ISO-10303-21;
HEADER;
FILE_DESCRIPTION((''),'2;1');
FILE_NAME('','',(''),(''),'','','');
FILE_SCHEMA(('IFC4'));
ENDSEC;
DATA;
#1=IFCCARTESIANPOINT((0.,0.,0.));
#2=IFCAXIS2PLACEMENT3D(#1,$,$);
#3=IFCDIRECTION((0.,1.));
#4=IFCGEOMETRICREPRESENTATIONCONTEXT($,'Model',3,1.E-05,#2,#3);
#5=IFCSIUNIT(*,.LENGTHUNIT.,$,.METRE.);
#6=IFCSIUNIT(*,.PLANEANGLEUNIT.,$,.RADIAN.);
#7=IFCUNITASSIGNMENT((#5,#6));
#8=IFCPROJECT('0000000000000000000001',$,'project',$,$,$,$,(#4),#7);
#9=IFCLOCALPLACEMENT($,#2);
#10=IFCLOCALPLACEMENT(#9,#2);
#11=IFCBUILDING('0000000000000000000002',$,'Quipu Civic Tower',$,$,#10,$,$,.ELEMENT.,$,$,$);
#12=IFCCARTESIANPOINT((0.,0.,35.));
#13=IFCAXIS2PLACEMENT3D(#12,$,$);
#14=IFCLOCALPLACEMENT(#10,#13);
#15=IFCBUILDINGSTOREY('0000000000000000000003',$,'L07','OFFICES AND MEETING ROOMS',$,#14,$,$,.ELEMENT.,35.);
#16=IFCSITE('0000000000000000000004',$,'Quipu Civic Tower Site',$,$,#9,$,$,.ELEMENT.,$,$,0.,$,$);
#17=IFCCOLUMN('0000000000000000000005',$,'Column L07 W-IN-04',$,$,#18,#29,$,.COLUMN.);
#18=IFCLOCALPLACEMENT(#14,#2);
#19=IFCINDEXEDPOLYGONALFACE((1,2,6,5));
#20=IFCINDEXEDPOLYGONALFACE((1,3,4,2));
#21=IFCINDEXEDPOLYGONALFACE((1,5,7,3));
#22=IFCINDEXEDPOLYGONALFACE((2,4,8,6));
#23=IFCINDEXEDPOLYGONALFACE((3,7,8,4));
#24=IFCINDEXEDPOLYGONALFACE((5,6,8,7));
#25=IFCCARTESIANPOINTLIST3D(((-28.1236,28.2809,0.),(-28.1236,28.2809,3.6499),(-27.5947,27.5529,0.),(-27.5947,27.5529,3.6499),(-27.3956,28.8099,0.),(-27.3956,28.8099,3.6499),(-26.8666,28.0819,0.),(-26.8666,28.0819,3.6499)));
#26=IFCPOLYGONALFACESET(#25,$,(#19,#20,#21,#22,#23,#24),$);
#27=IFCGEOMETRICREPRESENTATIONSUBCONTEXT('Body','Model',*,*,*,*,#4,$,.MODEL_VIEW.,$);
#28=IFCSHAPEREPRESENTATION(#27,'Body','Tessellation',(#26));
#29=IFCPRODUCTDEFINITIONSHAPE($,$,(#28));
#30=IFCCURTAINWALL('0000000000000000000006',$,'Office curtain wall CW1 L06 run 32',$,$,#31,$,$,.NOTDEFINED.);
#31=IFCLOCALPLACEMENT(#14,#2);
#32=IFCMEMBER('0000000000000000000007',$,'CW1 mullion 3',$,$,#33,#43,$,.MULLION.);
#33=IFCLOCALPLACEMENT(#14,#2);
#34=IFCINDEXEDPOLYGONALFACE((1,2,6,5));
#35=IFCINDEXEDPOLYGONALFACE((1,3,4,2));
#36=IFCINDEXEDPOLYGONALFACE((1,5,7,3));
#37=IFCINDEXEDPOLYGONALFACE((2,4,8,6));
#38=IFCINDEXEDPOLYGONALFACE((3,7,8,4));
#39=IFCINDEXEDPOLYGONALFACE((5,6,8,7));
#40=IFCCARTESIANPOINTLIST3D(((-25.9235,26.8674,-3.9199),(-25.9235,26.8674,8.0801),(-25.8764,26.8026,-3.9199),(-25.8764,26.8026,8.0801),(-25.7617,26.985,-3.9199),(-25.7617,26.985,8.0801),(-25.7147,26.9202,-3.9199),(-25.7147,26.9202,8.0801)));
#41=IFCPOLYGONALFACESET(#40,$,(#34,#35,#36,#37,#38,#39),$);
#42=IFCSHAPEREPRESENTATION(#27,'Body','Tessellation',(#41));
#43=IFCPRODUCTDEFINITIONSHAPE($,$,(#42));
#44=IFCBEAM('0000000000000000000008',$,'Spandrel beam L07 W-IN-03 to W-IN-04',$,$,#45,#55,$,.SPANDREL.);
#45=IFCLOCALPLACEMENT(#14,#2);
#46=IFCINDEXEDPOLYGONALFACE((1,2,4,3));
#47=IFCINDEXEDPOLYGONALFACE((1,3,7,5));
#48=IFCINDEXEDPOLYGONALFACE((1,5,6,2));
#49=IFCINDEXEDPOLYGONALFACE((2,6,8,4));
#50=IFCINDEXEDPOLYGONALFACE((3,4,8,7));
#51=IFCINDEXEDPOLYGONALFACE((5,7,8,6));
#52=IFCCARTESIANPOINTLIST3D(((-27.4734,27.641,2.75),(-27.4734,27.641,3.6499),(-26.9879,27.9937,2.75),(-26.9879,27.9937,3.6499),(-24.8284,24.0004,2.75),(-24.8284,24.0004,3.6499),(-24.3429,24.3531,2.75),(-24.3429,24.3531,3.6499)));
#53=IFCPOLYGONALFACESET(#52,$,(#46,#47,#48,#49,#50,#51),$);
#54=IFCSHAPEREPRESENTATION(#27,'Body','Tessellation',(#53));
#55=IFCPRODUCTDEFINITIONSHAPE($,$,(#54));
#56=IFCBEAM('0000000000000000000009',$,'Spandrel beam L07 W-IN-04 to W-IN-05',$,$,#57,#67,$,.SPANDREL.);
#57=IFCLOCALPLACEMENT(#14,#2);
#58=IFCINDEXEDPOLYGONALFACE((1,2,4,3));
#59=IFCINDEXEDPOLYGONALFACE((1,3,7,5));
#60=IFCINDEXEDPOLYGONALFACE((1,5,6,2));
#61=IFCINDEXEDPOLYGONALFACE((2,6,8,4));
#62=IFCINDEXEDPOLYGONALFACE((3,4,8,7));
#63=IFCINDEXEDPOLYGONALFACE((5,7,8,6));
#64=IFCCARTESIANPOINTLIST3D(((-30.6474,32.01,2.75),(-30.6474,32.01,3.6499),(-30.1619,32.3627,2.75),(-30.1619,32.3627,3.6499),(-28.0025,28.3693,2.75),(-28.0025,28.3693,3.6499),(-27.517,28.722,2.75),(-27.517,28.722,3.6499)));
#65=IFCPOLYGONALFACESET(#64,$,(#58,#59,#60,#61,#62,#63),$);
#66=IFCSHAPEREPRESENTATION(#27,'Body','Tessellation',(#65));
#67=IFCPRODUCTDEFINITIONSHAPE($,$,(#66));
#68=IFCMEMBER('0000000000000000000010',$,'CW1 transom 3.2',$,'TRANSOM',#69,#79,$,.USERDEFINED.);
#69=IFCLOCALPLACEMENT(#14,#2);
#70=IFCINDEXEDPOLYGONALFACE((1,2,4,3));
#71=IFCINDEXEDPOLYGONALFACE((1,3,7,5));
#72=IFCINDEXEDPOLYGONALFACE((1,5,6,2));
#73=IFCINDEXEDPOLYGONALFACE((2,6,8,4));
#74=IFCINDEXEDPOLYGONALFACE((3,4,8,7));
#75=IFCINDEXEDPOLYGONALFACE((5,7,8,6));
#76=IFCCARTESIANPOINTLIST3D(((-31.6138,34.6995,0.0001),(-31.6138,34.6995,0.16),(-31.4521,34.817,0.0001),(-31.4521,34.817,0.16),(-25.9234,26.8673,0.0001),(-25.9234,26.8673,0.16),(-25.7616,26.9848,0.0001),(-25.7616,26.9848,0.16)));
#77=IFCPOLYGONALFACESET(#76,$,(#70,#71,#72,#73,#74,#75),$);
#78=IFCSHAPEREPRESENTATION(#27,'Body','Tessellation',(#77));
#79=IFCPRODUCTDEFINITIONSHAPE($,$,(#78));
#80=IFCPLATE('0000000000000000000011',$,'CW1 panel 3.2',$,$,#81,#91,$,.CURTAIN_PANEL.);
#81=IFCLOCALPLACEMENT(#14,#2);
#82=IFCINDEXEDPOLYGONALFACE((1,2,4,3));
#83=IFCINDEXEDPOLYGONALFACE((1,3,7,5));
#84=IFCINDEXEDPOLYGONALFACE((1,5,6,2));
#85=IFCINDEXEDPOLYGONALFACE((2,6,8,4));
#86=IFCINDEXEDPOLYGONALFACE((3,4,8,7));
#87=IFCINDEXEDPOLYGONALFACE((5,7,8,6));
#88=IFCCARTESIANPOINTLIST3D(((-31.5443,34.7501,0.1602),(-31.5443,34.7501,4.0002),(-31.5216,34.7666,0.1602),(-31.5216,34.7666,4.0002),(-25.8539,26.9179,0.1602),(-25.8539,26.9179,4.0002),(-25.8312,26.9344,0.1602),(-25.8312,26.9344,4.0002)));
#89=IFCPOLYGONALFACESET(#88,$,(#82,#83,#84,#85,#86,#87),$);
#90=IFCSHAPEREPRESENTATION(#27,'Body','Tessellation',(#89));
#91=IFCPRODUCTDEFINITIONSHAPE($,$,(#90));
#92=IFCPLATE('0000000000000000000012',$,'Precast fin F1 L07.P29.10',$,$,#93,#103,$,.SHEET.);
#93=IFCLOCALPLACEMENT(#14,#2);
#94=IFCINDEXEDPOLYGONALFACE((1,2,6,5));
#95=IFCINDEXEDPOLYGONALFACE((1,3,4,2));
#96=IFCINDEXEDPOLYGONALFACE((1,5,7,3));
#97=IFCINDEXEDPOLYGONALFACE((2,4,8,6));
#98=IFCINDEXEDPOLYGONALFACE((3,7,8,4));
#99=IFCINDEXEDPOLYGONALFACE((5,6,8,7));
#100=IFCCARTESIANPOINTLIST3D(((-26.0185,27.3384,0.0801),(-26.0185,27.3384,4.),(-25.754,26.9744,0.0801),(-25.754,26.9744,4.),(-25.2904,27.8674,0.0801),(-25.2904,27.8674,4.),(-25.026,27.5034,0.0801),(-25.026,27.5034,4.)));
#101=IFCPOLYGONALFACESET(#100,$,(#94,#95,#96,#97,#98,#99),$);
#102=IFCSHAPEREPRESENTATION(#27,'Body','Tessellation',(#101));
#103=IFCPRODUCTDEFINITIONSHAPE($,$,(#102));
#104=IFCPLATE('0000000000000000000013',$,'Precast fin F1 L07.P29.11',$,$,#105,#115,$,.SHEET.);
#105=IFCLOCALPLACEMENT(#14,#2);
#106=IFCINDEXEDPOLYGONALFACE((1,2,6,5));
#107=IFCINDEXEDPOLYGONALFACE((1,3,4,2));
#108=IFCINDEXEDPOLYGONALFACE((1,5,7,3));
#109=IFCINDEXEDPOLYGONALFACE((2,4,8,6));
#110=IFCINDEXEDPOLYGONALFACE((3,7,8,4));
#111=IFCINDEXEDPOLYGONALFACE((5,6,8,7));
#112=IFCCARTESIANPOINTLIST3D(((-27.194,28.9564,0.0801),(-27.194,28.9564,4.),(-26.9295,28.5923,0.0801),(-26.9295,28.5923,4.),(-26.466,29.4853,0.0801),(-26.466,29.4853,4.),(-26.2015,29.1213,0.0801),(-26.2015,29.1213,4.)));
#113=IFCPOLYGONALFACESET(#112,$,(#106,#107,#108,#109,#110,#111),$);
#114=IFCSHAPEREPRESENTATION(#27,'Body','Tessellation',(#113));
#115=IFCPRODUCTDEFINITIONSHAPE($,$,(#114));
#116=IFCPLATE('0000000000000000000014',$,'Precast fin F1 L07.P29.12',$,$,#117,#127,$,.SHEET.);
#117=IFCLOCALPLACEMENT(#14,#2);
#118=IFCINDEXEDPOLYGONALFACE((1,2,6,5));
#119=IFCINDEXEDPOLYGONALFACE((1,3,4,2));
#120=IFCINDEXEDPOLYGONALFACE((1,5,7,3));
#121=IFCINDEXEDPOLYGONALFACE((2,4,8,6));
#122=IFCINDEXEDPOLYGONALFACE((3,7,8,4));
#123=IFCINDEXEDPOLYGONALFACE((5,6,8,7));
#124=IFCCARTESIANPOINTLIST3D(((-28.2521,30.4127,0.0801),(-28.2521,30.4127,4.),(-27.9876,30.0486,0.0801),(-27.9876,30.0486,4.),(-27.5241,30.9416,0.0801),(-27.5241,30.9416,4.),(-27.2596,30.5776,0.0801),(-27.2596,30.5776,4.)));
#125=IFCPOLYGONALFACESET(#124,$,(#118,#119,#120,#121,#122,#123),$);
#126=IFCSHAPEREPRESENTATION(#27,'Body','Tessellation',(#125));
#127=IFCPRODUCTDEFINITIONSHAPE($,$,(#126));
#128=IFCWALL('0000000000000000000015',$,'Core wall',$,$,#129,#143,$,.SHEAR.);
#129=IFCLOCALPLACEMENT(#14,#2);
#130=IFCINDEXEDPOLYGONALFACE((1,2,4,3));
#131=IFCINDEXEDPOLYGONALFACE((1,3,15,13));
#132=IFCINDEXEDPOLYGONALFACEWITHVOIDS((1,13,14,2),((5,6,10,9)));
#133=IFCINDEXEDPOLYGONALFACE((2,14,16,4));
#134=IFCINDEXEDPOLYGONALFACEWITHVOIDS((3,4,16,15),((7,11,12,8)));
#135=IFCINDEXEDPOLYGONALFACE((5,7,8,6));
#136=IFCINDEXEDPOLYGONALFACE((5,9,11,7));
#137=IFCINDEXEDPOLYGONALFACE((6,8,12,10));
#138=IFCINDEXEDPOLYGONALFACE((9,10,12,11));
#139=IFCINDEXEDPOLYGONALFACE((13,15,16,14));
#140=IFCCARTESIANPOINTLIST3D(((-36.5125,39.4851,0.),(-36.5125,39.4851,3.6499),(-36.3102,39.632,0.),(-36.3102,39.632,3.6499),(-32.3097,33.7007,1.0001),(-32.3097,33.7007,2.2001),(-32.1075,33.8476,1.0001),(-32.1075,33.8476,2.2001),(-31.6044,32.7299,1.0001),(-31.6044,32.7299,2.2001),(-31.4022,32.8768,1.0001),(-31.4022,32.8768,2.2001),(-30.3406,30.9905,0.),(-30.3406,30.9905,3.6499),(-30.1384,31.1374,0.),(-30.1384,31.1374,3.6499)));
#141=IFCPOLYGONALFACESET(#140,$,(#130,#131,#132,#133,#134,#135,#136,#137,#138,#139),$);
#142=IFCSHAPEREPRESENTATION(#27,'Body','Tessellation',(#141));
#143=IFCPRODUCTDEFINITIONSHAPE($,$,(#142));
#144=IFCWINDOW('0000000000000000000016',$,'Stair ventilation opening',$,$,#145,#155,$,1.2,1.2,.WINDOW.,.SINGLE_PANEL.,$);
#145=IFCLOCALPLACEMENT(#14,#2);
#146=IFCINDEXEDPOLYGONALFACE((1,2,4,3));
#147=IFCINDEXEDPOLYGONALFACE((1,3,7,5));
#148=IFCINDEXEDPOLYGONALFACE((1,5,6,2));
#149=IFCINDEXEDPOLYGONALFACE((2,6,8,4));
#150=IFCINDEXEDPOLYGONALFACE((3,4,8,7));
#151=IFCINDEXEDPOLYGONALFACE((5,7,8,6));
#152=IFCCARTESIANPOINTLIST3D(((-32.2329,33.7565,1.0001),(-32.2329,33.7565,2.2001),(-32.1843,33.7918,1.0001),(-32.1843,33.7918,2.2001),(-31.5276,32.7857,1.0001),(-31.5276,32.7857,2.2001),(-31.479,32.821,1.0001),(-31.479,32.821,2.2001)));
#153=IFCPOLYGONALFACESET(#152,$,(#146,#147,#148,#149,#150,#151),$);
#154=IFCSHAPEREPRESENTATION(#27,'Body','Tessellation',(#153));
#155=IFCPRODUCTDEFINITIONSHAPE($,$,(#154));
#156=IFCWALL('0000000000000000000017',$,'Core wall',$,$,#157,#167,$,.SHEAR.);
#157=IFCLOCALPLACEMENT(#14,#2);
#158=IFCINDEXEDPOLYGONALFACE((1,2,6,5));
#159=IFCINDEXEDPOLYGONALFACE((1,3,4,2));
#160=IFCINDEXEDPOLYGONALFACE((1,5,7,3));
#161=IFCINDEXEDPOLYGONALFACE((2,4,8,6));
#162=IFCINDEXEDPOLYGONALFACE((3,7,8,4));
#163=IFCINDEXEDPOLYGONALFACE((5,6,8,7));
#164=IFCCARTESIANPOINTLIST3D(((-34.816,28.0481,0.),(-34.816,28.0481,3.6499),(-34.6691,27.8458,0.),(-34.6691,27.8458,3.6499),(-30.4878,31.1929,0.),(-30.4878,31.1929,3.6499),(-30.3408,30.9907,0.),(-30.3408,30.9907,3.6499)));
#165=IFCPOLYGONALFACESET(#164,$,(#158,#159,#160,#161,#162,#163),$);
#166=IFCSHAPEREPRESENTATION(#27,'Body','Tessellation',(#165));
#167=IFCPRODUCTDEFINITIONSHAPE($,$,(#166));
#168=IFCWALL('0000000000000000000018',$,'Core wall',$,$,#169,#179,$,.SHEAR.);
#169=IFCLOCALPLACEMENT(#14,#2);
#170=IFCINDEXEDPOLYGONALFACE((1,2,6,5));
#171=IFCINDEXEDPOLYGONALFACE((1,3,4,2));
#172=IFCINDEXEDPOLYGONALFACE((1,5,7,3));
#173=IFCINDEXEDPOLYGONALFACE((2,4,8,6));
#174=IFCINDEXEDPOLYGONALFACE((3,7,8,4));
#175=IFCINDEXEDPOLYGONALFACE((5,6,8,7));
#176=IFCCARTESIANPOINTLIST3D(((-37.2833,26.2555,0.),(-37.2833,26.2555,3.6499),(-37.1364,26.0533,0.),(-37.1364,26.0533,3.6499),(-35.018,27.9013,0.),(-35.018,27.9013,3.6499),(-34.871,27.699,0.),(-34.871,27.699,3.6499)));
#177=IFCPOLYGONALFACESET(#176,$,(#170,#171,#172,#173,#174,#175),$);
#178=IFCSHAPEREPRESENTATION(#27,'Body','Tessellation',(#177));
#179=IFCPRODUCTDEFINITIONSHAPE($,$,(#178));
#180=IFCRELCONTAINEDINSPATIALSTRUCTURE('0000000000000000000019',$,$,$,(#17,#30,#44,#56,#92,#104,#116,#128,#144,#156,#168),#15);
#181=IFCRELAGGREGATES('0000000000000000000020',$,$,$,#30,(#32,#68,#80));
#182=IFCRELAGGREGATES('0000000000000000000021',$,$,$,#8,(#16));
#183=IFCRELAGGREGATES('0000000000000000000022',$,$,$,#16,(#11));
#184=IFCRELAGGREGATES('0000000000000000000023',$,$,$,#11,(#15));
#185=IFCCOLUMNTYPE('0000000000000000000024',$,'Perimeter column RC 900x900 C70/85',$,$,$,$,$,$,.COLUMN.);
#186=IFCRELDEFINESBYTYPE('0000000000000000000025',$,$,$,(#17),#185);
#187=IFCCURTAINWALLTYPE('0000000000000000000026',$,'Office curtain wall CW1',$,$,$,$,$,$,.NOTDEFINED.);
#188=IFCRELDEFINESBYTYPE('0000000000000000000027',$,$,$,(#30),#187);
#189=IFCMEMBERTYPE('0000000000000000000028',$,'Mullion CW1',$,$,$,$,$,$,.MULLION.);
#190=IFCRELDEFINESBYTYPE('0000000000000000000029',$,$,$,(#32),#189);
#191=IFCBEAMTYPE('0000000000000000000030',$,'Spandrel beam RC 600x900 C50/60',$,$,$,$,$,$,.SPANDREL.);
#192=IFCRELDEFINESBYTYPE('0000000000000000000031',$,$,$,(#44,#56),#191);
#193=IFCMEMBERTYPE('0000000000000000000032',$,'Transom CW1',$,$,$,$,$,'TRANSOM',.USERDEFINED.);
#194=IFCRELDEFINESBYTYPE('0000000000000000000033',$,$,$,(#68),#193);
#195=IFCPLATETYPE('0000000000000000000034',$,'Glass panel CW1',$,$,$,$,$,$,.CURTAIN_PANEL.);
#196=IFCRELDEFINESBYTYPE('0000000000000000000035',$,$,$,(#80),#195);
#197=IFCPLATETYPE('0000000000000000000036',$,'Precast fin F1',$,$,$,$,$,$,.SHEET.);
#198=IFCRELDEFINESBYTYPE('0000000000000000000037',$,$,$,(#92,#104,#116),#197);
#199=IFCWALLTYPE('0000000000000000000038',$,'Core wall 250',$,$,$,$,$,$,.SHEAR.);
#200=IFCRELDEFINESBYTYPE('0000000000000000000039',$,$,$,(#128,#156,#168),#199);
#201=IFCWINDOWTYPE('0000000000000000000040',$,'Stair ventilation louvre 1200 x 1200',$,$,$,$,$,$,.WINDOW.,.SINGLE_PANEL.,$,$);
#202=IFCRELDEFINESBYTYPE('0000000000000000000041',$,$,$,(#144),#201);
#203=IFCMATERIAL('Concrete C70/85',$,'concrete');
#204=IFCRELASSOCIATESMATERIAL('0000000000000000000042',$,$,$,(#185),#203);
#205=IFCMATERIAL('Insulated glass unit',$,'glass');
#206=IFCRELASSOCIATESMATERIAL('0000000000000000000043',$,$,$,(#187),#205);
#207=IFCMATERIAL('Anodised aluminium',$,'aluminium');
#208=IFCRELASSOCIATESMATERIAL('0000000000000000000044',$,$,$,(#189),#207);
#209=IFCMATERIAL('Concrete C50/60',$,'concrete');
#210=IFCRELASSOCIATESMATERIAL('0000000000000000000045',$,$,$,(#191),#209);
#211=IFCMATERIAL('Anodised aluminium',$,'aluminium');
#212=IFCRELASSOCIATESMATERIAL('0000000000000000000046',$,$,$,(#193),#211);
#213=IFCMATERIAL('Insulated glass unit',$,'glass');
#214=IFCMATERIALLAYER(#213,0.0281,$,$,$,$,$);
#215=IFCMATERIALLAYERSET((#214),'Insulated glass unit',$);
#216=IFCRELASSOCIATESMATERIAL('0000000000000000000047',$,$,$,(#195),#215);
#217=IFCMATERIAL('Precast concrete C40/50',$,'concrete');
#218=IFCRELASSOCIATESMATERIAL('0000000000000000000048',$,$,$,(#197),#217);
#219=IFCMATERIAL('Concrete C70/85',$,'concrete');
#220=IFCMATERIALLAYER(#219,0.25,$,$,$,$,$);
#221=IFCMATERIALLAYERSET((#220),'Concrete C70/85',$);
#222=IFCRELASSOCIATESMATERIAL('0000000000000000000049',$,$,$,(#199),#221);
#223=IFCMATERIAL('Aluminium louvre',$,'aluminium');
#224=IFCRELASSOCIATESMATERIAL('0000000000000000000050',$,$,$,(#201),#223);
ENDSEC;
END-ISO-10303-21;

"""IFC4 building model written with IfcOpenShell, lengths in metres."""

from ifc_helpers import new_model, si_unit, direction, frame, frame_2d, origin, origin_2d, place, context, subcontext, project, spatial, rectangle, extrude, material, layer, layer_set, material_profile, profile_set, type_object, element, fill, aggregate, save


model = new_model("IFC4")

# Units and contexts
model_context = context("Model", 3, precision=1e-05, world=origin(), true_north=direction((0.0, 1.0)))
body_context = subcontext(model_context, "Body", "Model", "MODEL_VIEW")
ifc_project = project(units=[si_unit("LENGTHUNIT", "METRE"), si_unit("PLANEANGLEUNIT", "RADIAN")], contexts=[model_context])

# Site, building, storey
site_placement = place(None, origin())
site = spatial("IfcSite", under=ifc_project, at=site_placement, Name="Quipu Civic Tower Site", CompositionType="ELEMENT", RefElevation=0.0)
building_placement = place(site_placement, origin())
building = spatial("IfcBuilding", under=site, at=building_placement, Name="Quipu Civic Tower", CompositionType="ELEMENT")
storey_placement = place(building_placement, frame((0.0, 0.0, 35.0)))
storey = spatial("IfcBuildingStorey", under=building, at=storey_placement, Name="L07", Description="OFFICES AND MEETING ROOMS", CompositionType="ELEMENT", Elevation=35.0)

# Column
ifc_material_1 = material(Name="Concrete C70/85", Category="concrete")
ifc_material_profile_1 = material_profile(ifc_material_1, rectangle(XDim=0.8999, YDim=0.8999, at=origin_2d()), Name="RC900x900")
ifc_profile_set_1 = profile_set([ifc_material_profile_1], Name="Concrete C70/85")
column_type = type_object("IfcColumnType", Name="Perimeter column RC 900x900 C70/85", PredefinedType="COLUMN", material=ifc_profile_set_1)
column_placement = place(storey_placement, frame((-27.4951, 28.1814, 0.0), z_axis=(0.0, 0.0, 1.0), x_axis=(-0.587785, 0.809017, 0.0)))
element("IfcColumn", 1, at=column_placement, inside=storey, type_object=column_type, Name="Column L07 W-IN-04", PredefinedType="COLUMN", context=body_context, shape_type="SweptSolid", body=[
    extrude(rectangle(XDim=0.8999, YDim=0.8999, at=origin_2d()), origin(), (0.0, 0.0, 1.0), 3.6499),
])

# Curtain wall, member
ifc_material_2 = material(Name="Insulated glass unit", Category="glass")
curtain_wall_type = type_object("IfcCurtainWallType", Name="Office curtain wall CW1", PredefinedType="NOTDEFINED", material=ifc_material_2)
curtain_wall_placement = place(storey_placement, origin())
curtain_wall = element("IfcCurtainWall", 2, at=curtain_wall_placement, inside=storey, type_object=curtain_wall_type, Name="Office curtain wall CW1 L06 run 32", PredefinedType="NOTDEFINED")
ifc_material_3 = material(Name="Anodised aluminium", Category="aluminium")
ifc_material_profile_2 = material_profile(ifc_material_3, rectangle(XDim=0.2, YDim=0.0801, at=origin_2d()), Name="RECT 200x80")
ifc_profile_set_2 = profile_set([ifc_material_profile_2], Name="Anodised aluminium")
member_type_1 = type_object("IfcMemberType", Name="Mullion CW1", PredefinedType="MULLION", material=ifc_profile_set_2)
member_1_placement = place(storey_placement, frame((-25.8191, 26.8938, -3.9199), z_axis=(0.0, 0.0, 1.0), x_axis=(-0.809017, -0.587786, 0.0)))
member_1 = element("IfcMember", 3, at=member_1_placement, type_object=member_type_1, Name="CW1 mullion 3", PredefinedType="MULLION", context=body_context, shape_type="SweptSolid", body=[
    extrude(rectangle(XDim=0.2, YDim=0.0801, at=origin_2d()), origin(), (0.0, 0.0, 1.0), 12.0),
])

# Beams
ifc_material_4 = material(Name="Concrete C50/60", Category="concrete")
ifc_material_profile_3 = material_profile(ifc_material_4, rectangle(XDim=0.6001, YDim=0.8999, at=origin_2d()), Name="RC600x900")
ifc_profile_set_3 = profile_set([ifc_material_profile_3], Name="Concrete C50/60")
beam_type = type_object("IfcBeamType", Name="Spandrel beam RC 600x900 C50/60", PredefinedType="SPANDREL", material=ifc_profile_set_3)
for number, where, z_axis, x_axis, name in (
    (4, (-24.5857, 24.1768, 3.2), (-0.587778, 0.809022, 0.0), (-0.809022, -0.587778, 0.0), "Spandrel beam L07 W-IN-03 to W-IN-04"),
    (5, (-27.7598, 28.5457, 3.2), (-0.587743, 0.809048, 0.0), (-0.809048, -0.587743, 0.0), "Spandrel beam L07 W-IN-04 to W-IN-05"),
):
    element("IfcBeam", number, at=place(storey_placement, frame(where, z_axis=z_axis, x_axis=x_axis)), inside=storey, type_object=beam_type, Name=name, PredefinedType="SPANDREL", context=body_context, shape_type="SweptSolid", body=[
        extrude(rectangle(XDim=0.6001, YDim=0.8999, at=origin_2d()), origin(), (0.0, 0.0, 1.0), 4.5),
    ])

# Member
ifc_material_5 = material(Name="Anodised aluminium", Category="aluminium")
ifc_material_profile_4 = material_profile(ifc_material_5, rectangle(XDim=0.2, YDim=0.1599, at=origin_2d()), Name="RECT 200x160")
ifc_profile_set_4 = profile_set([ifc_material_profile_4], Name="Anodised aluminium")
member_type_2 = type_object("IfcMemberType", Name="Transom CW1", ElementType="TRANSOM", PredefinedType="USERDEFINED", material=ifc_profile_set_4)
member_2_placement = place(storey_placement, frame((-25.8425, 26.926, 0.0801), z_axis=(-0.587782, 0.80902, 0.0), x_axis=(-0.80902, -0.587782, 0.0)))
member_2 = element("IfcMember", 6, at=member_2_placement, type_object=member_type_2, Name="CW1 transom 3.2", ObjectType="TRANSOM", PredefinedType="USERDEFINED", context=body_context, shape_type="SweptSolid", body=[
    extrude(rectangle(XDim=0.2, YDim=0.1599, at=origin_2d()), origin(), (0.0, 0.0, 1.0), 9.6812),
])

# Plate
ifc_material_6 = material(Name="Insulated glass unit", Category="glass")
ifc_layer_1 = layer(ifc_material_6, 0.0281)
ifc_layer_set_1 = layer_set([ifc_layer_1], Name="Insulated glass unit")
plate_type_1 = type_object("IfcPlateType", Name="Glass panel CW1", PredefinedType="CURTAIN_PANEL", material=ifc_layer_set_1)
plate_placement = place(storey_placement, frame((-28.6877, 30.8423, 0.1602), z_axis=(0.0, 0.0, 1.0), x_axis=(-0.587786, 0.809017, 0.0)))
plate = element("IfcPlate", 7, at=plate_placement, type_object=plate_type_1, Name="CW1 panel 3.2", PredefinedType="CURTAIN_PANEL", context=body_context, shape_type="SweptSolid", body=[
    extrude(rectangle(XDim=9.6812, YDim=0.0281, at=origin_2d()), origin(), (0.0, 0.0, 1.0), 3.8401),
])
aggregate(curtain_wall, [member_1, member_2, plate])

# Plates
ifc_material_7 = material(Name="Precast concrete C40/50", Category="concrete")
plate_type_2 = type_object("IfcPlateType", Name="Precast fin F1", PredefinedType="SHEET", material=ifc_material_7)
for number, where, z_axis, x_axis, name in (
    (8, (-25.5222, 27.4209, 0.0801), (0.0, 0.0, 1.0), (-0.587785, 0.809017, 0.0), "Precast fin F1 L07.P29.10"),
    (9, (-26.6978, 29.0388, 0.0801), (0.0, 0.0, 1.0), (-0.587785, 0.809017, 0.0), "Precast fin F1 L07.P29.11"),
    (10, (-27.7559, 30.4951, 0.0801), (0.0, 0.0, 1.0), (-0.587785, 0.809017, 0.0), "Precast fin F1 L07.P29.12"),
):
    element("IfcPlate", number, at=place(storey_placement, frame(where, z_axis=z_axis, x_axis=x_axis)), inside=storey, type_object=plate_type_2, Name=name, PredefinedType="SHEET", context=body_context, shape_type="SweptSolid", body=[
        extrude(rectangle(XDim=0.45, YDim=0.8999, at=origin_2d()), origin(), (0.0, 0.0, 1.0), 3.9199),
    ])

# Wall, opening, window
ifc_material_8 = material(Name="Concrete C70/85", Category="concrete")
ifc_layer_2 = layer(ifc_material_8, 0.25)
ifc_layer_set_2 = layer_set([ifc_layer_2], Name="Concrete C70/85")
wall_type_1 = type_object("IfcWallType", Name="Core wall 250", PredefinedType="SHEAR", material=ifc_layer_set_2)
wall_1_placement = place(storey_placement, frame((-30.2395, 31.064, 0.0), z_axis=(0.0, 0.0, 1.0), x_axis=(-0.587796, 0.809009, 0.0)))
wall_1 = element("IfcWall", 11, at=wall_1_placement, inside=storey, type_object=wall_type_1, Name="Core wall", PredefinedType="SHEAR", context=body_context, shape_type="SweptSolid", body=[
    extrude(rectangle(XDim=10.5, YDim=0.25, at=frame_2d((5.25, 0.0))), origin(), (0.0, 0.0, 1.0), 3.6499),
])
opening_1_placement = place(wall_1_placement, frame((2.1499, 0.0, 1.0)))
opening_1 = element("IfcOpeningElement", 12, at=opening_1_placement, cuts=wall_1, PredefinedType="OPENING", context=body_context, shape_type="SweptSolid", body=[
    extrude(rectangle(XDim=1.2, YDim=1.2, at=frame_2d((0.6001, 0.6001))), frame((0.0, 0.135, 0.0), z_axis=(0.0, -1.0, 0.0), x_axis=(1.0, 0.0, 0.0)), (0.0, 0.0, 1.0), 0.27),
])
ifc_material_9 = material(Name="Aluminium louvre", Category="aluminium")
window_type = type_object("IfcWindowType", Name="Stair ventilation louvre 1200 x 1200", PartitioningType="SINGLE_PANEL", PredefinedType="WINDOW", material=ifc_material_9)
window_placement = place(opening_1_placement, origin())
window = element("IfcWindow", 13, at=window_placement, inside=storey, type_object=window_type, Name="Stair ventilation opening", OverallHeight=1.2, OverallWidth=1.2, PartitioningType="SINGLE_PANEL", PredefinedType="WINDOW", context=body_context, shape_type="SweptSolid", body=[
    extrude(rectangle(XDim=1.2, YDim=1.2, at=frame_2d((0.6001, 0.6001))), frame((0.0, 0.03, 0.0), z_axis=(0.0, -1.0, 0.0), x_axis=(1.0, 0.0, 0.0)), (0.0, 0.0, 1.0), 0.0601),
])
fill(opening_1, window)

# Walls
wall_2_placement = place(storey_placement, frame((-30.4143, 31.0918, 0.0), z_axis=(0.0, 0.0, 1.0), x_axis=(-0.808998, -0.587811, 0.0)))
element("IfcWall", 14, at=wall_2_placement, inside=storey, type_object=wall_type_1, Name="Core wall", PredefinedType="SHEAR", context=body_context, shape_type="SweptSolid", body=[
    extrude(rectangle(XDim=5.3501, YDim=0.25, at=frame_2d((2.675, 0.0))), origin(), (0.0, 0.0, 1.0), 3.6499),
])
for number, where, z_axis, x_axis, name in (
    (15, (-34.9446, 27.8, 0.0), (0.0, 0.0, 1.0), (-0.809041, -0.587752, 0.0), "Core wall"),
):
    element("IfcWall", number, at=place(storey_placement, frame(where, z_axis=z_axis, x_axis=x_axis)), inside=storey, type_object=wall_type_1, Name=name, PredefinedType="SHEAR", context=body_context, shape_type="SweptSolid", body=[
        extrude(rectangle(XDim=2.8, YDim=0.25, at=frame_2d((1.3999, 0.0))), origin(), (0.0, 0.0, 1.0), 3.6499),
    ])

save(model, "model.ifc")
